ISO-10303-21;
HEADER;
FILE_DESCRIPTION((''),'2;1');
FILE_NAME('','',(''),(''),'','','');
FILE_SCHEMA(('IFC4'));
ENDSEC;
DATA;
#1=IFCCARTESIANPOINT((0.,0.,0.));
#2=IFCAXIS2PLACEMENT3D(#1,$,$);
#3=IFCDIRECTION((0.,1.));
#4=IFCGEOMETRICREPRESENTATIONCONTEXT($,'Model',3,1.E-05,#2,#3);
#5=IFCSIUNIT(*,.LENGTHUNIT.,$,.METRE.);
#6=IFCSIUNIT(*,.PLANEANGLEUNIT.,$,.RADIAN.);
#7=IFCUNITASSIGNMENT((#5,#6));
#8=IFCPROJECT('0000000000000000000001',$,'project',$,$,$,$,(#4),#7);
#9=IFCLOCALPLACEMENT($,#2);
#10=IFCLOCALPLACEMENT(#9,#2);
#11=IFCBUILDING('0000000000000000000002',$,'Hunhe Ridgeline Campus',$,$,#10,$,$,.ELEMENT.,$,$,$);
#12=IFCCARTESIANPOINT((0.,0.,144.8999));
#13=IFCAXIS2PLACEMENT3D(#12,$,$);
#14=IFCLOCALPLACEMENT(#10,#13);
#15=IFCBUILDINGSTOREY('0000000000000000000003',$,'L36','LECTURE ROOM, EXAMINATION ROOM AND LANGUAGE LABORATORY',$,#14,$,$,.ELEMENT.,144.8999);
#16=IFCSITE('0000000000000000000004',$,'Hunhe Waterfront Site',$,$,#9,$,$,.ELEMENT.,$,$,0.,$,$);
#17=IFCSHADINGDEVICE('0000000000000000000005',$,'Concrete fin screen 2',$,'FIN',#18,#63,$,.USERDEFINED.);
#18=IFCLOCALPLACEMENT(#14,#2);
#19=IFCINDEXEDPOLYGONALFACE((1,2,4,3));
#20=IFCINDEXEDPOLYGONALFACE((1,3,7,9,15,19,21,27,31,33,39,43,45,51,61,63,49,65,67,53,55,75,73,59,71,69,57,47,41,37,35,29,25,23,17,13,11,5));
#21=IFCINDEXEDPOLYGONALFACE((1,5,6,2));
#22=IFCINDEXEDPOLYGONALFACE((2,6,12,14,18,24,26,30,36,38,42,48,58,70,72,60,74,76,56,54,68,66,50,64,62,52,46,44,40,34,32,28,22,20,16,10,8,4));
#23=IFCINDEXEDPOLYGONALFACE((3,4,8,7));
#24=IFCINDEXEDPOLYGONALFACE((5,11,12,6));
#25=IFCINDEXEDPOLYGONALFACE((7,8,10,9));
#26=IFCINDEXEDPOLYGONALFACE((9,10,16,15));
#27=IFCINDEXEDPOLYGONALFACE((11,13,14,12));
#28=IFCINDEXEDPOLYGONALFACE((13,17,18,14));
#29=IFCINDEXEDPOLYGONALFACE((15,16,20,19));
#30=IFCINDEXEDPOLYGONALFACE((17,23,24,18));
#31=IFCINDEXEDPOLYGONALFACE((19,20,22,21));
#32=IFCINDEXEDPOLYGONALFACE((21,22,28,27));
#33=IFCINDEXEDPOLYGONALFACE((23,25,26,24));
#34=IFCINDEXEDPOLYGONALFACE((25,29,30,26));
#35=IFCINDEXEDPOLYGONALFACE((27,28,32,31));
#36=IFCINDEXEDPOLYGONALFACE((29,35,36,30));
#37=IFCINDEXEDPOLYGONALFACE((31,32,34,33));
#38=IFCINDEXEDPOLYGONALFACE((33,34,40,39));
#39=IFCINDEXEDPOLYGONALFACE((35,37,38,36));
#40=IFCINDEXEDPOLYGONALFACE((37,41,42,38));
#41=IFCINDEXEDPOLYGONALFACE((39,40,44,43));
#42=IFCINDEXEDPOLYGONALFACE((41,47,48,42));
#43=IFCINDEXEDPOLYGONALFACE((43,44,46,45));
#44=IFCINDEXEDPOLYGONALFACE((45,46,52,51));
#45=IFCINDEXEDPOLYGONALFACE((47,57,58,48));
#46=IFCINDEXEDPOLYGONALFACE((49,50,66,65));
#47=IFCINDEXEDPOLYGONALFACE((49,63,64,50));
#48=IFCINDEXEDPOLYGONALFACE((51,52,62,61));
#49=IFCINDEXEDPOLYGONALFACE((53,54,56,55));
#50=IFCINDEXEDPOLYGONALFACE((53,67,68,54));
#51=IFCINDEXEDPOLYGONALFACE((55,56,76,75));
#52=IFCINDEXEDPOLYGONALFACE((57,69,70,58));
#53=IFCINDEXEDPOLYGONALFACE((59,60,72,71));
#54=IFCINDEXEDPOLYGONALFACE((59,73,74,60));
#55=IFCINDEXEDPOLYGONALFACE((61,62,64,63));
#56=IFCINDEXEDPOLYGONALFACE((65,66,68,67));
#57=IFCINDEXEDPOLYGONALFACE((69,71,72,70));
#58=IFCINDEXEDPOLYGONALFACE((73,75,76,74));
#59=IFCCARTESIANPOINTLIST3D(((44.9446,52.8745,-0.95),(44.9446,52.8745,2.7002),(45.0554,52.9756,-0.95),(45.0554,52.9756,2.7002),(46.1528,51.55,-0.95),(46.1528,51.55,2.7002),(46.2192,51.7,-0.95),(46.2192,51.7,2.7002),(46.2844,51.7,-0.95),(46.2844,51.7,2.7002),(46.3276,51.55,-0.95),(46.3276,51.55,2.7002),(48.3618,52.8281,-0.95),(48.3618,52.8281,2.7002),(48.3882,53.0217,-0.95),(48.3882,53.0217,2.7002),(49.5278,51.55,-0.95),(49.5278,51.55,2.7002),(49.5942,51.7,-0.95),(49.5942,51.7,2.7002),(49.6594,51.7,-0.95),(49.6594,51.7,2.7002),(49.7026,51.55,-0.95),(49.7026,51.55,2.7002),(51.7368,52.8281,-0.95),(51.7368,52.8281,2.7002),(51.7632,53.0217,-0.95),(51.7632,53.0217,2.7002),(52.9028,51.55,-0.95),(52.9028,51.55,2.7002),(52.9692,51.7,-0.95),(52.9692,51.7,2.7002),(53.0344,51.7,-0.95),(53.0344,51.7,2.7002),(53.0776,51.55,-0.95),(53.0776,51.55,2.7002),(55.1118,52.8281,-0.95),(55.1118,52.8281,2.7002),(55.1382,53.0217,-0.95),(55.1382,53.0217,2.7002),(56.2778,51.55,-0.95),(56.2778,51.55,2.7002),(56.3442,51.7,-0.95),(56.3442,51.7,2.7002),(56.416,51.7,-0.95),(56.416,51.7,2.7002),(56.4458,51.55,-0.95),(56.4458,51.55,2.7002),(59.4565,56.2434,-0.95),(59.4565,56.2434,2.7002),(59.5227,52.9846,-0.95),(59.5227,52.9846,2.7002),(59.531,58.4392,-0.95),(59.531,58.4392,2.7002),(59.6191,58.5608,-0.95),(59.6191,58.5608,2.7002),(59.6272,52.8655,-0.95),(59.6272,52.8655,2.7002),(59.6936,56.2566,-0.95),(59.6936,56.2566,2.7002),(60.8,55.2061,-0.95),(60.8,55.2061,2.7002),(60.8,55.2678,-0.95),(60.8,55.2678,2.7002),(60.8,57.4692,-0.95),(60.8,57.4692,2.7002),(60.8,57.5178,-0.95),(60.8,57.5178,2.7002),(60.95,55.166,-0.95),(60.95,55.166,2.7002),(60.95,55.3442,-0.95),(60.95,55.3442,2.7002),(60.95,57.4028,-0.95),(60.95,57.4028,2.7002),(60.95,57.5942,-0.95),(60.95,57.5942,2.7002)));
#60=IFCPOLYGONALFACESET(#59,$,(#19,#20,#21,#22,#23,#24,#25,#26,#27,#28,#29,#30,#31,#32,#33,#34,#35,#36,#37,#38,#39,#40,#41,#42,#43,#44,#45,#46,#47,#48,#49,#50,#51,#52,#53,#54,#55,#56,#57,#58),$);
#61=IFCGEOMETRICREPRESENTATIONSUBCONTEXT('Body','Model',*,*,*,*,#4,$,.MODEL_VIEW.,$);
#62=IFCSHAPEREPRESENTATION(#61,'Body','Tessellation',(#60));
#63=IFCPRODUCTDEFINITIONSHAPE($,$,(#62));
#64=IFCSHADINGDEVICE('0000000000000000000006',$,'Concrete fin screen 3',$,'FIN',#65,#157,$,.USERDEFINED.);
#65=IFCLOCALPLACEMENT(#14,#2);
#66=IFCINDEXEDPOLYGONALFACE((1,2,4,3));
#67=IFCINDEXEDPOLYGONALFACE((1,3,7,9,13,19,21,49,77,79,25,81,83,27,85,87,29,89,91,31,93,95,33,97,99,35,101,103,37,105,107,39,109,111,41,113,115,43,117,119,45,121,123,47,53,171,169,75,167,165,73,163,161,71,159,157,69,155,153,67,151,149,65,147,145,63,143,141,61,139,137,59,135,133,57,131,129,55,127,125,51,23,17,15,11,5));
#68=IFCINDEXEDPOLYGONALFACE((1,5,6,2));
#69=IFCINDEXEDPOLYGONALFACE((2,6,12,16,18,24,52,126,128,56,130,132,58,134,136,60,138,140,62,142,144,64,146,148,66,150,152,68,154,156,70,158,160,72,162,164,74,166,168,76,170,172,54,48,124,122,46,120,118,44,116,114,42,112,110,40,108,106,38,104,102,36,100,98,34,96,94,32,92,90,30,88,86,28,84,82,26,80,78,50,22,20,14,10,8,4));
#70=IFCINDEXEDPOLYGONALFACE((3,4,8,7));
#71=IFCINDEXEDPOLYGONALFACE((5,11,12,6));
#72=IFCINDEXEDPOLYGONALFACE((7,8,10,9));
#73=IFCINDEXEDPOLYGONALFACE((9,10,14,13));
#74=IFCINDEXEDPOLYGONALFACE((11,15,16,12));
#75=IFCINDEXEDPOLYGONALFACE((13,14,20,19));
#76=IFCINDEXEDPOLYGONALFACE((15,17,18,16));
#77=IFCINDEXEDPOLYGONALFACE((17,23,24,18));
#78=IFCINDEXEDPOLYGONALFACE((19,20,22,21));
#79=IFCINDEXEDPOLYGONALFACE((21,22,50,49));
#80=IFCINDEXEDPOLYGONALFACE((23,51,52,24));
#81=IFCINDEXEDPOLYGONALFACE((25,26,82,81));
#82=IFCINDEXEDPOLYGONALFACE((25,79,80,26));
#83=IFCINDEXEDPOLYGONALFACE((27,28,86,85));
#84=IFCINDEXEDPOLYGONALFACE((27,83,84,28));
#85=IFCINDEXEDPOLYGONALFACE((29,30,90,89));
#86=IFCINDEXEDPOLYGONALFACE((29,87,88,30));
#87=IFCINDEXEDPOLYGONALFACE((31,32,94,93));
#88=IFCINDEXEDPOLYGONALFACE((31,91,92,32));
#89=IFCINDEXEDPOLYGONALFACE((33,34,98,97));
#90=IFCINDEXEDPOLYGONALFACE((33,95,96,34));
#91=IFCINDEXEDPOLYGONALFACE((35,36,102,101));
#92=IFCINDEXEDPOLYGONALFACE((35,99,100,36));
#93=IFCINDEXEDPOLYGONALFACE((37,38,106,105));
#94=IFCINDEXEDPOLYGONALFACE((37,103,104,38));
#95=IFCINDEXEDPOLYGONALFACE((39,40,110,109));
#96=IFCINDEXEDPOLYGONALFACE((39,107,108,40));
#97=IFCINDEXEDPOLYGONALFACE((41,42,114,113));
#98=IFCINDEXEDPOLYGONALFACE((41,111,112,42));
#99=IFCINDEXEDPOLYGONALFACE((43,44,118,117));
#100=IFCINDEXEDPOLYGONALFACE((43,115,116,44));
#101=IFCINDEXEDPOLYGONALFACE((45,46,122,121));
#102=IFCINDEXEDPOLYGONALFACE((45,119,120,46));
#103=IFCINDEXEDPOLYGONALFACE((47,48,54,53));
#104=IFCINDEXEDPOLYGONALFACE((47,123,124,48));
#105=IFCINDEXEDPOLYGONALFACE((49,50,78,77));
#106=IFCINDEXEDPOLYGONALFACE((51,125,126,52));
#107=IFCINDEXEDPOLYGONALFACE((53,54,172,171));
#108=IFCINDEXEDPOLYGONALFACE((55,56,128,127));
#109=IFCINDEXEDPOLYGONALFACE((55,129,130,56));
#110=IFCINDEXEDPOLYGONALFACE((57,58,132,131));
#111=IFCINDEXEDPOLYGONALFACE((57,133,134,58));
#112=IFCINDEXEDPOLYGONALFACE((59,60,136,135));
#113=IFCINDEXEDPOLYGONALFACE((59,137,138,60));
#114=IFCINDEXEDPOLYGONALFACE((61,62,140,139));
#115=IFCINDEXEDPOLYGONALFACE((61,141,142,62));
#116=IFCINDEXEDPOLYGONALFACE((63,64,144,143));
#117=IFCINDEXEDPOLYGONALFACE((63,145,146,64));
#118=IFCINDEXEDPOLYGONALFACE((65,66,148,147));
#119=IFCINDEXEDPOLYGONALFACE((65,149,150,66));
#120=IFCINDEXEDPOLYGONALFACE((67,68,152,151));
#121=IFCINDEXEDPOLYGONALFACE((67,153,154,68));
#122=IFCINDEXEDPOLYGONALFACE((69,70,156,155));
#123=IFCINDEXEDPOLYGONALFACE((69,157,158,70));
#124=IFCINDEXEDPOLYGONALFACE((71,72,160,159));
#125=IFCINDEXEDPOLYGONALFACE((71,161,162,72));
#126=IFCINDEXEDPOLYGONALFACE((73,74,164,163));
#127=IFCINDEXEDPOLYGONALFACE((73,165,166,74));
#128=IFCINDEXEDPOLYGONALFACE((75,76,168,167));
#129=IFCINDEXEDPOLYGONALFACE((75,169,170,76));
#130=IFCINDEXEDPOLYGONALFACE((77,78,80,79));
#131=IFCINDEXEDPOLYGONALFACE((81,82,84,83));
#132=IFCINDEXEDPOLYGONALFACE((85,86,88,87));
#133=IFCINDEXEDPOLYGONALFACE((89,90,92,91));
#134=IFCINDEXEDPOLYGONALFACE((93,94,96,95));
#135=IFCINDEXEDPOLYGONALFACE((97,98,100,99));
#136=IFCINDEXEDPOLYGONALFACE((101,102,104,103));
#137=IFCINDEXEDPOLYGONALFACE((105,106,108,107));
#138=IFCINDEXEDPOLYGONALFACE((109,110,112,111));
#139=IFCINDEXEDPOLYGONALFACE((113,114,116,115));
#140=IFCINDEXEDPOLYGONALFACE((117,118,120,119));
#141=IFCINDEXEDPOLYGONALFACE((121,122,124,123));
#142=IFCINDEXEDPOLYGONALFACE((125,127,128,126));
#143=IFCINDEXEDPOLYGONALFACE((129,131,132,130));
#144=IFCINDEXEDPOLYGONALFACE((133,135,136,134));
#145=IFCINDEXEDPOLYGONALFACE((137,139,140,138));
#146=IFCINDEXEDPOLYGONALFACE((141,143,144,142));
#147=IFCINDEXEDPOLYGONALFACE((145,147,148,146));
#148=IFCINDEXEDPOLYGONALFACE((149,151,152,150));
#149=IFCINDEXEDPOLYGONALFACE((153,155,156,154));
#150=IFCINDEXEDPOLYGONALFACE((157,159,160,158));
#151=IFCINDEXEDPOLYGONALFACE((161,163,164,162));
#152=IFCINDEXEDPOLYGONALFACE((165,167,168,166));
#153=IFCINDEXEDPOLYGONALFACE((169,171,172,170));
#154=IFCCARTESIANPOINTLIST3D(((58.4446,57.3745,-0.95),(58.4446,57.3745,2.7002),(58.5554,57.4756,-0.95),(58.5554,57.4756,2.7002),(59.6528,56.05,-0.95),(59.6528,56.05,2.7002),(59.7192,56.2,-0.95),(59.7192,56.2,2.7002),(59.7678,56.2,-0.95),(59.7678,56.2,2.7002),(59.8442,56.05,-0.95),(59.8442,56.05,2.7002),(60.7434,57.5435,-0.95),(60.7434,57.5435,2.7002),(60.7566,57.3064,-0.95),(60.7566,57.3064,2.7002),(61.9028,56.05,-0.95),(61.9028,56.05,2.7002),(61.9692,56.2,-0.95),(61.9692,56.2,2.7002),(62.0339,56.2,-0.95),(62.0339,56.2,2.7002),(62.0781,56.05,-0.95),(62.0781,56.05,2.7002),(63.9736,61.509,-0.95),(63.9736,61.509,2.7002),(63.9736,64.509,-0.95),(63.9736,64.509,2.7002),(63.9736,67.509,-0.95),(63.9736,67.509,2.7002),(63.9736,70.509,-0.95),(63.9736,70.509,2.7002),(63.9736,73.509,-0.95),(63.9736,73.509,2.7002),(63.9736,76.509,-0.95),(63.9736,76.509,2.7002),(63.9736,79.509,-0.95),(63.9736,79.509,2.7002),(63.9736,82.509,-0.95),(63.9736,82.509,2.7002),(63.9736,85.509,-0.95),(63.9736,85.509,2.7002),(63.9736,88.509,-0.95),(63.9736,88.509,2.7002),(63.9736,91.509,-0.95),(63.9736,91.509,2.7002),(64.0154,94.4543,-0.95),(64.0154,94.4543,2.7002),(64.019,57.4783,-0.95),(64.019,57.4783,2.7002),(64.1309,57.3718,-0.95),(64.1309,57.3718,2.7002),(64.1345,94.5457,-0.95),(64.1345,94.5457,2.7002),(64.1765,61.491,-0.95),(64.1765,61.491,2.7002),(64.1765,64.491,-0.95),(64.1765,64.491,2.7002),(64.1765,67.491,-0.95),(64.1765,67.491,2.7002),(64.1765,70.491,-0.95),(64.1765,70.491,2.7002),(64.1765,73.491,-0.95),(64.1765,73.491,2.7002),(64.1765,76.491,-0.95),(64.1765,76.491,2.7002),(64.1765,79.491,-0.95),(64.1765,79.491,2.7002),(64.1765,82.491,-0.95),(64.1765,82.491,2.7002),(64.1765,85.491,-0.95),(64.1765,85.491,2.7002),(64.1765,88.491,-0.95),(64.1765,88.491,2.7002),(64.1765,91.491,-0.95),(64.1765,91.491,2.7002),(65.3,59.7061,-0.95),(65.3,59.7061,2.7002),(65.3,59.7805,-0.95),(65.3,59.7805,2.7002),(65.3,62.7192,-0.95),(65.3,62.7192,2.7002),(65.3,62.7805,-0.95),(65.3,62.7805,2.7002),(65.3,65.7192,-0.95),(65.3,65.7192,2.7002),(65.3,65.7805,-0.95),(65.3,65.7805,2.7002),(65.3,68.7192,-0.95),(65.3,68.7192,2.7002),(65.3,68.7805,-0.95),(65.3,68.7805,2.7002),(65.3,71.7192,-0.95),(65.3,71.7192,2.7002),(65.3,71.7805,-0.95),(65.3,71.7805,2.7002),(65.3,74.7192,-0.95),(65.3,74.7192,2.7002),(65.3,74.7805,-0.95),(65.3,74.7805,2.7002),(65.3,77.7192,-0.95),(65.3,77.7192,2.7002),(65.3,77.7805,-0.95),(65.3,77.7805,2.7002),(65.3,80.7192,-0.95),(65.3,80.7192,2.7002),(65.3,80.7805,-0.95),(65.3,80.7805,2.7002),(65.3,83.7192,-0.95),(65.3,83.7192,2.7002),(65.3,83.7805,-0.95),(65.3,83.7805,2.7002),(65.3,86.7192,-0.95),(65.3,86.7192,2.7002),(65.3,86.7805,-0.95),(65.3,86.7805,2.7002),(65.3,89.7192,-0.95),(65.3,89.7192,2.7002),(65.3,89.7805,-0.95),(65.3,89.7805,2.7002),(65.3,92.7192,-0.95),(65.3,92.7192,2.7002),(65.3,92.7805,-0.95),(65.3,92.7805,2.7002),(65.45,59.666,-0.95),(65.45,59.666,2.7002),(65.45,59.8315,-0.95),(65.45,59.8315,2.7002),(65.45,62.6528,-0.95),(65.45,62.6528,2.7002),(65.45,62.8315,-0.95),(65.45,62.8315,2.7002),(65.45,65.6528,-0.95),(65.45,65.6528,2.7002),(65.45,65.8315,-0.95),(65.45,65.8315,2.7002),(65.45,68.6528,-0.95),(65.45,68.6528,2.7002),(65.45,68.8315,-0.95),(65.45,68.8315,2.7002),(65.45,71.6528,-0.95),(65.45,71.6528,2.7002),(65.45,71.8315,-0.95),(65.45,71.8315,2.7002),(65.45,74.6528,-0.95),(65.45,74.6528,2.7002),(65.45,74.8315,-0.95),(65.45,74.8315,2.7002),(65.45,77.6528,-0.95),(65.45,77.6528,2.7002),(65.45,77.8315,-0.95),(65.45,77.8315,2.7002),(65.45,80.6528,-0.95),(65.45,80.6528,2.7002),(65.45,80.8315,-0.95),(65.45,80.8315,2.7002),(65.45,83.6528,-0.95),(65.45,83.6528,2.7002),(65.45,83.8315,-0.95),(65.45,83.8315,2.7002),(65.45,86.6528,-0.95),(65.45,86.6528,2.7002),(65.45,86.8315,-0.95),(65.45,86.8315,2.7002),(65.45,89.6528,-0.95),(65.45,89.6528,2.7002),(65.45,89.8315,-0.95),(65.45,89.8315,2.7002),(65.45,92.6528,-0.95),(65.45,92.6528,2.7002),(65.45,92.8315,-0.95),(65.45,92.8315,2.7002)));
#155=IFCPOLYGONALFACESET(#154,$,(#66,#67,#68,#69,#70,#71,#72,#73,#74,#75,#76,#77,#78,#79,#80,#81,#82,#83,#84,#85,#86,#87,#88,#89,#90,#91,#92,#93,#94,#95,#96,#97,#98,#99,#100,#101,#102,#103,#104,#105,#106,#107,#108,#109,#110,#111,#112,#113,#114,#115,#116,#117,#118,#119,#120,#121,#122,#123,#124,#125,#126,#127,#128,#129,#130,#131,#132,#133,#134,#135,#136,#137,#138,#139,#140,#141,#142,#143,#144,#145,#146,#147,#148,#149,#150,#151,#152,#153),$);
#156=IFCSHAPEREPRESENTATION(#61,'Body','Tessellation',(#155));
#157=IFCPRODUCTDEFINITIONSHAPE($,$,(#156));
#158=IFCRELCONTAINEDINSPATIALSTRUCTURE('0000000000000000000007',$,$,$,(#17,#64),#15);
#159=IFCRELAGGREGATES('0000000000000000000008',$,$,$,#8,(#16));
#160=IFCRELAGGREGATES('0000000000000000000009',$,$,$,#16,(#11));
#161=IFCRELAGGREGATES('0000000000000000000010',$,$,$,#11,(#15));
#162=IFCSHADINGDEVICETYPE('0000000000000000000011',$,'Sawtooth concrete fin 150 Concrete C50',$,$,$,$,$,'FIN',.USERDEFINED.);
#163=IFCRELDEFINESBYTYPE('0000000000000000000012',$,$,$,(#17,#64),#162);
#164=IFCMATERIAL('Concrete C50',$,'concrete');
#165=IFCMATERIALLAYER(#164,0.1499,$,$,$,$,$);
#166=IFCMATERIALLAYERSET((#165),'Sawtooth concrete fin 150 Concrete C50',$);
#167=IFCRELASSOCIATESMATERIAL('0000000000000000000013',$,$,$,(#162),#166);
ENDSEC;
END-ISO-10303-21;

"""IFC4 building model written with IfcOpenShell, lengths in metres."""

from ifc_helpers import new_model, si_unit, direction, frame, origin, place, context, subcontext, project, spatial, polyline, outline, extrude, material, layer, layer_set, type_object, element, save


model = new_model("IFC4")

# Units and contexts
model_context = context("Model", 3, precision=1e-05, world=origin(), true_north=direction((0.0, 1.0)))
body_context = subcontext(model_context, "Body", "Model", "MODEL_VIEW")
ifc_project = project(units=[si_unit("LENGTHUNIT", "METRE"), si_unit("PLANEANGLEUNIT", "RADIAN")], contexts=[model_context])

# Site, building, storey
site_placement = place(None, origin())
site = spatial("IfcSite", under=ifc_project, at=site_placement, Name="Hunhe Waterfront Site", CompositionType="ELEMENT", RefElevation=0.0)
building_placement = place(site_placement, origin())
building = spatial("IfcBuilding", under=site, at=building_placement, Name="Hunhe Ridgeline Campus", CompositionType="ELEMENT")
storey_placement = place(building_placement, frame((0.0, 0.0, 144.8999)))
storey = spatial("IfcBuildingStorey", under=building, at=storey_placement, Name="L36", Description="LECTURE ROOM, EXAMINATION ROOM AND LANGUAGE LABORATORY", CompositionType="ELEMENT", Elevation=144.8999)

# Shading devices
ifc_material_1 = material(Name="Concrete C50", Category="concrete")
ifc_layer_1 = layer(ifc_material_1, 0.1499)
ifc_layer_set_1 = layer_set([ifc_layer_1], Name="Sawtooth concrete fin 150 Concrete C50")
shading_device_type = type_object("IfcShadingDeviceType", Name="Sawtooth concrete fin 150 Concrete C50", ElementType="FIN", PredefinedType="USERDEFINED", material=ifc_layer_set_1)
shading_device_1_placement = place(storey_placement, frame((0.0, 0.0, -0.95)))
element("IfcShadingDevice", 1, at=shading_device_1_placement, inside=storey, type_object=shading_device_type, Name="Concrete fin screen 2", ObjectType="FIN", PredefinedType="USERDEFINED", context=body_context, shape_type="SweptSolid", body=[
    extrude(outline(polyline([(45.0554, 52.9756), (44.9446, 52.8745), (46.1528, 51.55), (46.3276, 51.55), (48.3618, 52.8281), (49.5278, 51.55), (49.7026, 51.55), (51.7368, 52.8281), (52.9028, 51.55), (53.0776, 51.55), (55.1118, 52.8281), (56.2778, 51.55), (56.4458, 51.55), (59.6272, 52.8655), (60.95, 55.166), (60.95, 55.3442), (59.6936, 56.2566), (60.95, 57.4028), (60.95, 57.5942), (59.6191, 58.5608), (59.531, 58.4392), (60.8, 57.5178), (60.8, 57.4692), (59.4565, 56.2434), (60.8, 55.2678), (60.8, 55.2061), (59.5227, 52.9846), (56.416, 51.7), (56.3442, 51.7), (55.1382, 53.0217), (53.0344, 51.7), (52.9692, 51.7), (51.7632, 53.0217), (49.6594, 51.7), (49.5942, 51.7), (48.3882, 53.0217), (46.2844, 51.7), (46.2192, 51.7), (45.0554, 52.9756)])), origin(), (0.0, 0.0, 1.0), 3.6501),
])
shading_device_2_placement = place(storey_placement, frame((0.0, 0.0, -0.95)))
element("IfcShadingDevice", 2, at=shading_device_2_placement, inside=storey, type_object=shading_device_type, Name="Concrete fin screen 3", ObjectType="FIN", PredefinedType="USERDEFINED", context=body_context, shape_type="SweptSolid", body=[
    extrude(outline(polyline([(58.5554, 57.4756), (58.4446, 57.3745), (59.6528, 56.05), (59.8442, 56.05), (60.7566, 57.3064), (61.9028, 56.05), (62.0781, 56.05), (64.1309, 57.3718), (65.45, 59.666), (65.45, 59.8315), (64.1765, 61.491), (65.45, 62.6528), (65.45, 62.8315), (64.1765, 64.491), (65.45, 65.6528), (65.45, 65.8315), (64.1765, 67.491), (65.45, 68.6528), (65.45, 68.8315), (64.1765, 70.491), (65.45, 71.6528), (65.45, 71.8315), (64.1765, 73.491), (65.45, 74.6528), (65.45, 74.8315), (64.1765, 76.491), (65.45, 77.6528), (65.45, 77.8315), (64.1765, 79.491), (65.45, 80.6528), (65.45, 80.8315), (64.1765, 82.491), (65.45, 83.6528), (65.45, 83.8315), (64.1765, 85.491), (65.45, 86.6528), (65.45, 86.8315), (64.1765, 88.491), (65.45, 89.6528), (65.45, 89.8315), (64.1765, 91.491), (65.45, 92.6528), (65.45, 92.8315), (64.1345, 94.5457), (64.0154, 94.4543), (65.3, 92.7805), (65.3, 92.7192), (63.9736, 91.509), (65.3, 89.7805), (65.3, 89.7192), (63.9736, 88.509), (65.3, 86.7805), (65.3, 86.7192), (63.9736, 85.509), (65.3, 83.7805), (65.3, 83.7192), (63.9736, 82.509), (65.3, 80.7805), (65.3, 80.7192), (63.9736, 79.509), (65.3, 77.7805), (65.3, 77.7192), (63.9736, 76.509), (65.3, 74.7805), (65.3, 74.7192), (63.9736, 73.509), (65.3, 71.7805), (65.3, 71.7192), (63.9736, 70.509), (65.3, 68.7805), (65.3, 68.7192), (63.9736, 67.509), (65.3, 65.7805), (65.3, 65.7192), (63.9736, 64.509), (65.3, 62.7805), (65.3, 62.7192), (63.9736, 61.509), (65.3, 59.7805), (65.3, 59.7061), (64.019, 57.4783), (62.0339, 56.2), (61.9692, 56.2), (60.7434, 57.5435), (59.7678, 56.2), (59.7192, 56.2), (58.5554, 57.4756)])), origin(), (0.0, 0.0, 1.0), 3.6501),
])

save(model, "model.ifc")
